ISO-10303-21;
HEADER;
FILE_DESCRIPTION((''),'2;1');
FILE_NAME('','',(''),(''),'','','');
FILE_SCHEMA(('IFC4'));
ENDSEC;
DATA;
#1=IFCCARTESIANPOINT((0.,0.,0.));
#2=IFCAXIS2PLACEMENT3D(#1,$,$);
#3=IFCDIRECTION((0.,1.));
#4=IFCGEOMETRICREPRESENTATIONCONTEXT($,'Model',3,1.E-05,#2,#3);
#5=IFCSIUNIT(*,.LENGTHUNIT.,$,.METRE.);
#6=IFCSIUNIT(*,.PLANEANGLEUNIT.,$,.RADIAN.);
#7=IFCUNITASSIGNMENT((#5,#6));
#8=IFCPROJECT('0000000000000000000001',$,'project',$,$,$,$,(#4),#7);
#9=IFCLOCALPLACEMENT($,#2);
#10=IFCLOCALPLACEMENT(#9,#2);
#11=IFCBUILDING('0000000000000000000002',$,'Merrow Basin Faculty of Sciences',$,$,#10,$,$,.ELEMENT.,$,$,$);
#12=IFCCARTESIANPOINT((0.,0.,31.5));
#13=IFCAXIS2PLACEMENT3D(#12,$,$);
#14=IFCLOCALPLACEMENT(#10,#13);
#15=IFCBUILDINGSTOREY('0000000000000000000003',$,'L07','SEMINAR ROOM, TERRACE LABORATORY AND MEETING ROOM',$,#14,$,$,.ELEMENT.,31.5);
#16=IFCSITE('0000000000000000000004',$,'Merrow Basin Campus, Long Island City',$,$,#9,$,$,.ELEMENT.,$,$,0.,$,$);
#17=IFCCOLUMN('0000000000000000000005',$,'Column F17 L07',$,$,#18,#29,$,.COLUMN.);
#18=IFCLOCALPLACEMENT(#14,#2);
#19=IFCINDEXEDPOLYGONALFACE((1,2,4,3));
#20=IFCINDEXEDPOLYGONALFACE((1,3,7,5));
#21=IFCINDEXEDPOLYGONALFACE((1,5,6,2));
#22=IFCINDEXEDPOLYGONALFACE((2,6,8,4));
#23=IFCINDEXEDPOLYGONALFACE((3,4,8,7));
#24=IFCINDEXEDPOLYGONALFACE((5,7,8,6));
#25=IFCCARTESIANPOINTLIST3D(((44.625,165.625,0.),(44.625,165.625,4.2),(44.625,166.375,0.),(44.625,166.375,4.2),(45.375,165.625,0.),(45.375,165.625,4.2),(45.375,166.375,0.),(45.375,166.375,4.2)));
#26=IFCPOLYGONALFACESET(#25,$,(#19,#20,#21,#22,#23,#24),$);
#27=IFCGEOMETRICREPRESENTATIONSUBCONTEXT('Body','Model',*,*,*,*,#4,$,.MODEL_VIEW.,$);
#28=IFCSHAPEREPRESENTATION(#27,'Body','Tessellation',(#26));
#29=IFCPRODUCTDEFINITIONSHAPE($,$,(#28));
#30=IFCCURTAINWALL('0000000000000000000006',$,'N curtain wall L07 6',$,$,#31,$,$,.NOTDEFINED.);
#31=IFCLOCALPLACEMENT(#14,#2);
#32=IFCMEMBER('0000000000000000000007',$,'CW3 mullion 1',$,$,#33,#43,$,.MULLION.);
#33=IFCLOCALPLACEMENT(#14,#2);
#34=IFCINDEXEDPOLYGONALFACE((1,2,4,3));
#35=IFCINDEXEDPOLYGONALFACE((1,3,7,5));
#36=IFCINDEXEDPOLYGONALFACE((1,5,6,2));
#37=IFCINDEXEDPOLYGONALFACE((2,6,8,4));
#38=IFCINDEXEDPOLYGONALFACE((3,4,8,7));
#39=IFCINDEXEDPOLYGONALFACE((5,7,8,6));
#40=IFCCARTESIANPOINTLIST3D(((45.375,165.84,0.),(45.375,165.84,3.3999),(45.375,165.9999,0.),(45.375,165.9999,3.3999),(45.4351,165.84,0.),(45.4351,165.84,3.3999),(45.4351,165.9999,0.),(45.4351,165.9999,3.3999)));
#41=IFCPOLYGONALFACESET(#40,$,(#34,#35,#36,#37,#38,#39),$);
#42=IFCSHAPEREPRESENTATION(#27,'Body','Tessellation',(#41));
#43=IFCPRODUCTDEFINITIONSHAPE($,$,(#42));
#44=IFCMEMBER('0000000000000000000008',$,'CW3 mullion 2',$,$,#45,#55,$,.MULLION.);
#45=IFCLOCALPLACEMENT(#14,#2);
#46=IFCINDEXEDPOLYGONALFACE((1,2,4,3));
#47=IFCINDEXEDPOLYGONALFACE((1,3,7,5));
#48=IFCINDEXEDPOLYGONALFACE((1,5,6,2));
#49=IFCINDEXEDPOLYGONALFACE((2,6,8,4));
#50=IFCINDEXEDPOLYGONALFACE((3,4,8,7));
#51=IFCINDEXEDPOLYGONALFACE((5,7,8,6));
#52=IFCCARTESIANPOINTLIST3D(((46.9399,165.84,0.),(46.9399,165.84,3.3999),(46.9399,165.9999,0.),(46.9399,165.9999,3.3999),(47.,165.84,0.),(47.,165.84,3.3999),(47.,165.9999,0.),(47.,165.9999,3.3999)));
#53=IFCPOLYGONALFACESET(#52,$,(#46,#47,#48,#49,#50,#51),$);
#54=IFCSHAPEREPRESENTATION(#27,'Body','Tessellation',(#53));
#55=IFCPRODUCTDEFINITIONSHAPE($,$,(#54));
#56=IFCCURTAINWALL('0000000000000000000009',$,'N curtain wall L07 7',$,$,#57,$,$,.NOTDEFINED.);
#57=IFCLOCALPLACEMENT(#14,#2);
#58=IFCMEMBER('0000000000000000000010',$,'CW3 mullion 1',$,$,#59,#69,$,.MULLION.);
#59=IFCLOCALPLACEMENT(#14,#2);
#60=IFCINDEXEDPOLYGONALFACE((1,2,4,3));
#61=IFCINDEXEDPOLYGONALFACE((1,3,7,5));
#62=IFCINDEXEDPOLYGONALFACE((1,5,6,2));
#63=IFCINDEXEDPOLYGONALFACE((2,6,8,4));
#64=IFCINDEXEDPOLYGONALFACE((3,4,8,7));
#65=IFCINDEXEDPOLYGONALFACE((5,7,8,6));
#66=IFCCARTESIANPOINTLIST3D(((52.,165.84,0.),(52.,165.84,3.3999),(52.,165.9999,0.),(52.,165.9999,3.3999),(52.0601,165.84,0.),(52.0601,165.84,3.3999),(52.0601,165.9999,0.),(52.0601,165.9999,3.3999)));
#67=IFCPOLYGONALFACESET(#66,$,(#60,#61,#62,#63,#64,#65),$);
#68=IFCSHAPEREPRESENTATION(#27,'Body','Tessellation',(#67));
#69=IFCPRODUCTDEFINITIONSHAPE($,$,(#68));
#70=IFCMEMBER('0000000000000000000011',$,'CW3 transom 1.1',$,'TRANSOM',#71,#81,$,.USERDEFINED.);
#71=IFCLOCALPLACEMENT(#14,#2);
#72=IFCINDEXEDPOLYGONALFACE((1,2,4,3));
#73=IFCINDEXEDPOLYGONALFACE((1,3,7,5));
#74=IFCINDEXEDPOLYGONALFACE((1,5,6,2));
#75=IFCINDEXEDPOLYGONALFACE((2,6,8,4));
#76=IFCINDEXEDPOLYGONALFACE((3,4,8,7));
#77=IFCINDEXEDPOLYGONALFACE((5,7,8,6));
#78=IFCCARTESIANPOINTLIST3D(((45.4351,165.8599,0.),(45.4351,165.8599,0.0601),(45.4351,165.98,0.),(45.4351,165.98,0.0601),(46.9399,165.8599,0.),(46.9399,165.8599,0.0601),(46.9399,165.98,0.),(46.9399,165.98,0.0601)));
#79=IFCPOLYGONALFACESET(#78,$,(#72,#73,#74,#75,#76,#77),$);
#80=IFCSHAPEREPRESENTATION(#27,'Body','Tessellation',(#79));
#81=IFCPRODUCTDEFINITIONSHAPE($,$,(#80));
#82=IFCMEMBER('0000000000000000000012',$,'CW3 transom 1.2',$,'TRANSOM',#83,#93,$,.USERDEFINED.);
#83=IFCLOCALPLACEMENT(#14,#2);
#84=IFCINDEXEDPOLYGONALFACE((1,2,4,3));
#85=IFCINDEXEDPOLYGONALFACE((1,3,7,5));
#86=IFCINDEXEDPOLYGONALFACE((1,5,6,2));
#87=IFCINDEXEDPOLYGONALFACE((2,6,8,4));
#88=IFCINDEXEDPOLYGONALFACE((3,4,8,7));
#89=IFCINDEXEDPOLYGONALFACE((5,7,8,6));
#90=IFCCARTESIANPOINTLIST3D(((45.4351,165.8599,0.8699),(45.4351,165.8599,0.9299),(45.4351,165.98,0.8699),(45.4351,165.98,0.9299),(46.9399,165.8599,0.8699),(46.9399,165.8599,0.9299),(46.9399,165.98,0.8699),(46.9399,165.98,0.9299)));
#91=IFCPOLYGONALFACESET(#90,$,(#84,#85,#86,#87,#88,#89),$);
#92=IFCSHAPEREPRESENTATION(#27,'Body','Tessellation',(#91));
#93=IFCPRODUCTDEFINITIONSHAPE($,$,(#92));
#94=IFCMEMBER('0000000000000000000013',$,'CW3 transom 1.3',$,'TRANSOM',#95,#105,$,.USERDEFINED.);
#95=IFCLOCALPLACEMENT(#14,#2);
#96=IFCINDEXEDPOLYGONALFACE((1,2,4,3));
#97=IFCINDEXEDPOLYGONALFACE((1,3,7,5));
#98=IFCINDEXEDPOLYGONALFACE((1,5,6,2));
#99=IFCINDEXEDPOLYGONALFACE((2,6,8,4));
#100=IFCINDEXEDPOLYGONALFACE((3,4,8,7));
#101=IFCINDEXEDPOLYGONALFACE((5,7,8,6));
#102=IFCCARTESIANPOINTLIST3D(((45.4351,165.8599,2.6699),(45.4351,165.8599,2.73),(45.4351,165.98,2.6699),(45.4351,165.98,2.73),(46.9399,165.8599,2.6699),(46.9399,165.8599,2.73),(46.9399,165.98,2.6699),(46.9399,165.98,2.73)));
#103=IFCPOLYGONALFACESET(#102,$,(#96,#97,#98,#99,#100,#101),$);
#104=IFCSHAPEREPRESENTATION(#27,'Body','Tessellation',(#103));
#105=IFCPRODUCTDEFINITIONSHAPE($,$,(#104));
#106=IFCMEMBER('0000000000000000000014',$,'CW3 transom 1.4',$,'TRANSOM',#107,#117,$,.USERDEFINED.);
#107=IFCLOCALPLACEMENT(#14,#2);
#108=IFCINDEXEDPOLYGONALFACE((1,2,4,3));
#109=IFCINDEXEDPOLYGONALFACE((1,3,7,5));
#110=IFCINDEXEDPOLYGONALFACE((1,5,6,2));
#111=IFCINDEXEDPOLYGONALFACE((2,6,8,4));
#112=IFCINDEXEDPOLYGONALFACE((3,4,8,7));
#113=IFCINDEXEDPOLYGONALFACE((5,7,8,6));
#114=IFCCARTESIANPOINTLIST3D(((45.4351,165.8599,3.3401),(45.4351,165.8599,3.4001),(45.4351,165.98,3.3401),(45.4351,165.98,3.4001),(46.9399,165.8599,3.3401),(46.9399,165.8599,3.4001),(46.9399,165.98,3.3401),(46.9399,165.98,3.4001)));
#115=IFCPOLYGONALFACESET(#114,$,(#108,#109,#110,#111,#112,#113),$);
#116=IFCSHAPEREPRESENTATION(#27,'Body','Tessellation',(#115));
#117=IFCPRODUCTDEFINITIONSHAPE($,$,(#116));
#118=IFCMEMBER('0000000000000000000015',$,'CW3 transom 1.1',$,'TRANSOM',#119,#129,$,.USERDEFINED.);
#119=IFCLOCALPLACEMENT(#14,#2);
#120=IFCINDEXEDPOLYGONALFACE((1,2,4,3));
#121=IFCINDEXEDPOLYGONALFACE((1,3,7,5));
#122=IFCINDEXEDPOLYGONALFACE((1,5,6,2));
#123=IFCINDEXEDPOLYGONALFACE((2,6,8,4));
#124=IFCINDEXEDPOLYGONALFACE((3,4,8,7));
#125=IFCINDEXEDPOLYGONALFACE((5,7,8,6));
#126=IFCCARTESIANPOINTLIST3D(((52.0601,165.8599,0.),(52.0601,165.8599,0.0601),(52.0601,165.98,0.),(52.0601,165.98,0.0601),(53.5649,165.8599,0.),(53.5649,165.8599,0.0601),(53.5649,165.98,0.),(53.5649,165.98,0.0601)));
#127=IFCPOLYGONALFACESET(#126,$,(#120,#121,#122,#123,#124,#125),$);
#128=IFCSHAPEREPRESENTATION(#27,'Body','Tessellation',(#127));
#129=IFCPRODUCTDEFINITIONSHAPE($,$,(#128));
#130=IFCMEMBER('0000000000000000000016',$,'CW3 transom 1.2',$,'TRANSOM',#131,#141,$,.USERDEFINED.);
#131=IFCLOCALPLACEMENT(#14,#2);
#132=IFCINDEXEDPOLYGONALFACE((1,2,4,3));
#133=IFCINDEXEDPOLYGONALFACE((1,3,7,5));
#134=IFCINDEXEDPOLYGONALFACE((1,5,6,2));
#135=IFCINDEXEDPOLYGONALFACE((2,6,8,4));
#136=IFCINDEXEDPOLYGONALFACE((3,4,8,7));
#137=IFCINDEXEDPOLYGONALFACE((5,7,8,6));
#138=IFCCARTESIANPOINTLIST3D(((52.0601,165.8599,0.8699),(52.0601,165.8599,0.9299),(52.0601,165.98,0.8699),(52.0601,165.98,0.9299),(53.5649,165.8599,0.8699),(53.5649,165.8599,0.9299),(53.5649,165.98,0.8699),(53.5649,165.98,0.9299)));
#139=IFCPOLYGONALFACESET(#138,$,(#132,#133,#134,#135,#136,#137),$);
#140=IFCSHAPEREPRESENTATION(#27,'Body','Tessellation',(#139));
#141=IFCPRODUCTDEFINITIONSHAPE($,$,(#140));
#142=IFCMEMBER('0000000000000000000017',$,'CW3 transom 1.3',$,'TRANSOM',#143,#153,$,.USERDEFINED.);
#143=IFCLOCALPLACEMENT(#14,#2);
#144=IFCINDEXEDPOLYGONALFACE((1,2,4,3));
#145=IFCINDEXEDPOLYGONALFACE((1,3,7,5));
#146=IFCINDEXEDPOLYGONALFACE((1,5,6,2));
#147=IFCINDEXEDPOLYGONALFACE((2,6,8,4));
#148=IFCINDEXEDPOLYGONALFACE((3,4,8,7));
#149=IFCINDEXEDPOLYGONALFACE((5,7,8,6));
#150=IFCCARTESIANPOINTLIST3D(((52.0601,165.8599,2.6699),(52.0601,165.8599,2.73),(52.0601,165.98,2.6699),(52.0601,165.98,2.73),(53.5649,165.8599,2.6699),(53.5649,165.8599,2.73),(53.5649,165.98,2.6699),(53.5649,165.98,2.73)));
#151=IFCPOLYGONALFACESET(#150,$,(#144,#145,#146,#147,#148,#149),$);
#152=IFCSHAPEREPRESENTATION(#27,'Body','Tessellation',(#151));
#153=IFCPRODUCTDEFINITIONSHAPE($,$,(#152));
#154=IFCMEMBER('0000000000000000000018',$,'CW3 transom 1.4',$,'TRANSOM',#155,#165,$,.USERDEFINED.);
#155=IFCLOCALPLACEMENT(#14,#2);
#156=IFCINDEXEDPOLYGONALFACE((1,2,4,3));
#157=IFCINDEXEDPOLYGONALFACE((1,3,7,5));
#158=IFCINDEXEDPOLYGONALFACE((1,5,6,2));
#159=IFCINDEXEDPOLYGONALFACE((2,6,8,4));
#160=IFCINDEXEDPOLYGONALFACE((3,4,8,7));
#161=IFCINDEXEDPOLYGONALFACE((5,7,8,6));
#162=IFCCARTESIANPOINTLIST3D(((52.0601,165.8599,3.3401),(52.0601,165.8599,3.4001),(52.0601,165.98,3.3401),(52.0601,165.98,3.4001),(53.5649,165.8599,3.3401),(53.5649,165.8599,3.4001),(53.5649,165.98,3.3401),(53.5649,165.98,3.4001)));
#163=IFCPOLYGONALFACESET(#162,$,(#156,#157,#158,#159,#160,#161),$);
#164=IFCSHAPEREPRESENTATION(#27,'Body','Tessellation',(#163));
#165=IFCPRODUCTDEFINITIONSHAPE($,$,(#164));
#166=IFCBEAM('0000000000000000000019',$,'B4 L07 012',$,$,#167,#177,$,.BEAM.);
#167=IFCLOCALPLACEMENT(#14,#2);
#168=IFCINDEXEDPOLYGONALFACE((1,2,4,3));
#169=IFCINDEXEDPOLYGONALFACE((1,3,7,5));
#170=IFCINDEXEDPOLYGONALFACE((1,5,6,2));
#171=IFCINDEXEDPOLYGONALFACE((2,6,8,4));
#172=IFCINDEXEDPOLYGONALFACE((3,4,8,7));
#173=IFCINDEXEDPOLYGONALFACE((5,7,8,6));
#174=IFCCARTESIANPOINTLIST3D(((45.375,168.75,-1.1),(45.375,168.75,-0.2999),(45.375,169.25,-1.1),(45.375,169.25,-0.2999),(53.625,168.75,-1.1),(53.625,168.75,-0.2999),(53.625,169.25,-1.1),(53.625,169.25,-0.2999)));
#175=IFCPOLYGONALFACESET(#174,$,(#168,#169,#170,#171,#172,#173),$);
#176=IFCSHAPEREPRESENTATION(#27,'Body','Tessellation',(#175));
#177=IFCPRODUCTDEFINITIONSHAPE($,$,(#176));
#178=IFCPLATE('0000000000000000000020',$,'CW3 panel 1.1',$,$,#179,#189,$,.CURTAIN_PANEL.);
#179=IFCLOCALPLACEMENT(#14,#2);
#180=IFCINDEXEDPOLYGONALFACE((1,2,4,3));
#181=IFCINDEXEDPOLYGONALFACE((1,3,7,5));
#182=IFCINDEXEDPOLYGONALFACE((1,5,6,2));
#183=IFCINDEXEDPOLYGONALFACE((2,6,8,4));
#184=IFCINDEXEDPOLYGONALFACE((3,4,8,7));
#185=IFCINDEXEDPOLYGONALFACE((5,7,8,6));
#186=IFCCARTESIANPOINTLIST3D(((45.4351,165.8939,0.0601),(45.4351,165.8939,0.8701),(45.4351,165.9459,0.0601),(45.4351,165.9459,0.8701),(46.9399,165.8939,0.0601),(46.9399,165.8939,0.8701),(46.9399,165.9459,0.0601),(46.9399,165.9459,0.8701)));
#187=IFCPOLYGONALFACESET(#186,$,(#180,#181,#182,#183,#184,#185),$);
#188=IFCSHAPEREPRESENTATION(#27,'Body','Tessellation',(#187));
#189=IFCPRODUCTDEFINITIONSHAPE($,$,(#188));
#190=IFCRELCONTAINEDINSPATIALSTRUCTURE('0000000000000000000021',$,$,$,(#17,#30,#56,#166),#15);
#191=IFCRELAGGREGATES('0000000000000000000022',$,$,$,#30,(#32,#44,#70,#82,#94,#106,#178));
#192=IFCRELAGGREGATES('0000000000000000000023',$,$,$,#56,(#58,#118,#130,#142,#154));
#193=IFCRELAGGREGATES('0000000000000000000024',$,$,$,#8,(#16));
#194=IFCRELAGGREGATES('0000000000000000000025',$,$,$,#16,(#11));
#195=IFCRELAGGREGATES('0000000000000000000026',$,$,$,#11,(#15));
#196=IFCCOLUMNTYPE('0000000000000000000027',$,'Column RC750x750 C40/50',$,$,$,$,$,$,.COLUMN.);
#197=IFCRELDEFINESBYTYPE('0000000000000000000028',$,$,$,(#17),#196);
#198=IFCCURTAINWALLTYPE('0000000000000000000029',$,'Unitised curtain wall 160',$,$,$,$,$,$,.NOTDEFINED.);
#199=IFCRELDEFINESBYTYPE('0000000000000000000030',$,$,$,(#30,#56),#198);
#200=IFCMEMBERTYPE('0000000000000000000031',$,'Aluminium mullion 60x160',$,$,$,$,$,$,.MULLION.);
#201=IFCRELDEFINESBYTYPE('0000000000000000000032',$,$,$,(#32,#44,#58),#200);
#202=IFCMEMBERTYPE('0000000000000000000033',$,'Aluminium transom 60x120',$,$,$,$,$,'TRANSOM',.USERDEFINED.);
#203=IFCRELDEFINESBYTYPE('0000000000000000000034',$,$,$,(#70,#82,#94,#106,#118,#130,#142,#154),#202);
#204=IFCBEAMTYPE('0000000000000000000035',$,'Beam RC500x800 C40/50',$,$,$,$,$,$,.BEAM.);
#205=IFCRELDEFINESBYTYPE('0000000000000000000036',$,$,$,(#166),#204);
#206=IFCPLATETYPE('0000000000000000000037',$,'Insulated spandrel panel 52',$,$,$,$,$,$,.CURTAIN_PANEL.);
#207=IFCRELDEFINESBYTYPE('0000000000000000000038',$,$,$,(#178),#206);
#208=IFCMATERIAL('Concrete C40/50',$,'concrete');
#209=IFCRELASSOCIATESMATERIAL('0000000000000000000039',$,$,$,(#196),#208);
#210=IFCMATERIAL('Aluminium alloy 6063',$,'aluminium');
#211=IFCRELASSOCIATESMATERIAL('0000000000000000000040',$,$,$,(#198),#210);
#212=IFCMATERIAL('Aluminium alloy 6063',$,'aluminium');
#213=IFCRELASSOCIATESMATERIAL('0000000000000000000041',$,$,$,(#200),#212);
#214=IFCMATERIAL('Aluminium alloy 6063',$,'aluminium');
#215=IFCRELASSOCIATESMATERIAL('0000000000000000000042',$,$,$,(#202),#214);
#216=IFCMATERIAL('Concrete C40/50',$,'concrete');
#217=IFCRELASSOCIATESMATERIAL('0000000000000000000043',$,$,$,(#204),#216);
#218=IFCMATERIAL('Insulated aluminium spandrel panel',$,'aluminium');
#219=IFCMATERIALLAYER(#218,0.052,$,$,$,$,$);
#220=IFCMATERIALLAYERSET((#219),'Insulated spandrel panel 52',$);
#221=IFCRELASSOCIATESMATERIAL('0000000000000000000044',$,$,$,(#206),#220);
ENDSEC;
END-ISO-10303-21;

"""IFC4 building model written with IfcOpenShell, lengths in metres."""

from ifc_helpers import new_model, si_unit, direction, frame, origin, origin_2d, place, context, subcontext, project, spatial, rectangle, extrude, material, layer, layer_set, material_profile, profile_set, type_object, element, aggregate, save


model = new_model("IFC4")

# Units and contexts
model_context = context("Model", 3, precision=1e-05, world=origin(), true_north=direction((0.0, 1.0)))
body_context = subcontext(model_context, "Body", "Model", "MODEL_VIEW")
ifc_project = project(units=[si_unit("LENGTHUNIT", "METRE"), si_unit("PLANEANGLEUNIT", "RADIAN")], contexts=[model_context])

# Site, building, storey
site_placement = place(None, origin())
site = spatial("IfcSite", under=ifc_project, at=site_placement, Name="Merrow Basin Campus, Long Island City", CompositionType="ELEMENT", RefElevation=0.0)
building_placement = place(site_placement, origin())
building = spatial("IfcBuilding", under=site, at=building_placement, Name="Merrow Basin Faculty of Sciences", CompositionType="ELEMENT")
storey_placement = place(building_placement, frame((0.0, 0.0, 31.5)))
storey = spatial("IfcBuildingStorey", under=building, at=storey_placement, Name="L07", Description="SEMINAR ROOM, TERRACE LABORATORY AND MEETING ROOM", CompositionType="ELEMENT", Elevation=31.5)

# Column
ifc_material_1 = material(Name="Concrete C40/50", Category="concrete")
ifc_material_profile_1 = material_profile(ifc_material_1, rectangle(XDim=0.75, YDim=0.75, at=origin_2d()))
ifc_profile_set_1 = profile_set([ifc_material_profile_1], Name="Concrete C40/50")
column_type = type_object("IfcColumnType", Name="Column RC750x750 C40/50", PredefinedType="COLUMN", material=ifc_profile_set_1)
column_placement = place(storey_placement, frame((45.0, 166.0, 0.0), z_axis=(0.0, 0.0, 1.0), x_axis=(1.0, 0.0, 0.0)))
element("IfcColumn", 1, at=column_placement, inside=storey, type_object=column_type, Name="Column F17 L07", PredefinedType="COLUMN", context=body_context, shape_type="SweptSolid", body=[
    extrude(rectangle(XDim=0.75, YDim=0.75, at=origin_2d()), origin(), (0.0, 0.0, 1.0), 4.2),
])

# Curtain wall, members
ifc_material_2 = material(Name="Aluminium alloy 6063", Category="aluminium")
curtain_wall_type = type_object("IfcCurtainWallType", Name="Unitised curtain wall 160", PredefinedType="NOTDEFINED", material=ifc_material_2)
curtain_wall_1_placement = place(storey_placement, origin())
curtain_wall_1 = element("IfcCurtainWall", 2, at=curtain_wall_1_placement, inside=storey, type_object=curtain_wall_type, Name="N curtain wall L07 6", PredefinedType="NOTDEFINED")
ifc_material_3 = material(Name="Aluminium alloy 6063", Category="aluminium")
ifc_material_profile_2 = material_profile(ifc_material_3, rectangle(XDim=0.1599, YDim=0.0601, at=origin_2d()))
ifc_profile_set_2 = profile_set([ifc_material_profile_2], Name="Aluminium alloy 6063")
member_type_1 = type_object("IfcMemberType", Name="Aluminium mullion 60x160", PredefinedType="MULLION", material=ifc_profile_set_2)
member_1_placement = place(storey_placement, frame((45.405, 165.9199, 0.0), z_axis=(0.0, 0.0, 1.0), x_axis=(0.0, 1.0, 0.0)))
member_1 = element("IfcMember", 3, at=member_1_placement, type_object=member_type_1, Name="CW3 mullion 1", PredefinedType="MULLION", context=body_context, shape_type="SweptSolid", body=[
    extrude(rectangle(XDim=0.1599, YDim=0.0601, at=origin_2d()), origin(), (0.0, 0.0, 1.0), 3.3999),
])
member_2_placement = place(storey_placement, frame((46.97, 165.9199, 0.0), z_axis=(0.0, 0.0, 1.0), x_axis=(0.0, 1.0, 0.0)))
member_2 = element("IfcMember", 4, at=member_2_placement, type_object=member_type_1, Name="CW3 mullion 2", PredefinedType="MULLION", context=body_context, shape_type="SweptSolid", body=[
    extrude(rectangle(XDim=0.1599, YDim=0.0601, at=origin_2d()), origin(), (0.0, 0.0, 1.0), 3.3999),
])

# Curtain wall, member
curtain_wall_2_placement = place(storey_placement, origin())
curtain_wall_2 = element("IfcCurtainWall", 5, at=curtain_wall_2_placement, inside=storey, type_object=curtain_wall_type, Name="N curtain wall L07 7", PredefinedType="NOTDEFINED")
member_3_placement = place(storey_placement, frame((52.03, 165.9199, 0.0), z_axis=(0.0, 0.0, 1.0), x_axis=(0.0, 1.0, 0.0)))
member_3 = element("IfcMember", 6, at=member_3_placement, type_object=member_type_1, Name="CW3 mullion 1", PredefinedType="MULLION", context=body_context, shape_type="SweptSolid", body=[
    extrude(rectangle(XDim=0.1599, YDim=0.0601, at=origin_2d()), origin(), (0.0, 0.0, 1.0), 3.3999),
])

# Members
ifc_material_4 = material(Name="Aluminium alloy 6063", Category="aluminium")
ifc_material_profile_3 = material_profile(ifc_material_4, rectangle(XDim=0.1201, YDim=0.0601, at=origin_2d()))
ifc_profile_set_3 = profile_set([ifc_material_profile_3], Name="Aluminium alloy 6063")
member_type_2 = type_object("IfcMemberType", Name="Aluminium transom 60x120", ElementType="TRANSOM", PredefinedType="USERDEFINED", material=ifc_profile_set_3)
member_4_placement = place(storey_placement, frame((45.4351, 165.9199, 0.03), z_axis=(1.0, 0.0, 0.0), x_axis=(0.0, 1.0, 0.0)))
member_4 = element("IfcMember", 7, at=member_4_placement, type_object=member_type_2, Name="CW3 transom 1.1", ObjectType="TRANSOM", PredefinedType="USERDEFINED", context=body_context, shape_type="SweptSolid", body=[
    extrude(rectangle(XDim=0.1201, YDim=0.0601, at=origin_2d()), origin(), (0.0, 0.0, 1.0), 1.5049),
])
member_5_placement = place(storey_placement, frame((45.4351, 165.9199, 0.8999), z_axis=(1.0, 0.0, 0.0), x_axis=(0.0, 1.0, 0.0)))
member_5 = element("IfcMember", 8, at=member_5_placement, type_object=member_type_2, Name="CW3 transom 1.2", ObjectType="TRANSOM", PredefinedType="USERDEFINED", context=body_context, shape_type="SweptSolid", body=[
    extrude(rectangle(XDim=0.1201, YDim=0.0601, at=origin_2d()), origin(), (0.0, 0.0, 1.0), 1.5049),
])
member_6_placement = place(storey_placement, frame((45.4351, 165.9199, 2.7), z_axis=(1.0, 0.0, 0.0), x_axis=(0.0, 1.0, 0.0)))
member_6 = element("IfcMember", 9, at=member_6_placement, type_object=member_type_2, Name="CW3 transom 1.3", ObjectType="TRANSOM", PredefinedType="USERDEFINED", context=body_context, shape_type="SweptSolid", body=[
    extrude(rectangle(XDim=0.1201, YDim=0.0601, at=origin_2d()), origin(), (0.0, 0.0, 1.0), 1.5049),
])
member_7_placement = place(storey_placement, frame((45.4351, 165.9199, 3.3701), z_axis=(1.0, 0.0, 0.0), x_axis=(0.0, 1.0, 0.0)))
member_7 = element("IfcMember", 10, at=member_7_placement, type_object=member_type_2, Name="CW3 transom 1.4", ObjectType="TRANSOM", PredefinedType="USERDEFINED", context=body_context, shape_type="SweptSolid", body=[
    extrude(rectangle(XDim=0.1201, YDim=0.0601, at=origin_2d()), origin(), (0.0, 0.0, 1.0), 1.5049),
])
member_8_placement = place(storey_placement, frame((52.0601, 165.9199, 0.03), z_axis=(1.0, 0.0, 0.0), x_axis=(0.0, 1.0, 0.0)))
member_8 = element("IfcMember", 11, at=member_8_placement, type_object=member_type_2, Name="CW3 transom 1.1", ObjectType="TRANSOM", PredefinedType="USERDEFINED", context=body_context, shape_type="SweptSolid", body=[
    extrude(rectangle(XDim=0.1201, YDim=0.0601, at=origin_2d()), origin(), (0.0, 0.0, 1.0), 1.5049),
])
member_9_placement = place(storey_placement, frame((52.0601, 165.9199, 0.8999), z_axis=(1.0, 0.0, 0.0), x_axis=(0.0, 1.0, 0.0)))
member_9 = element("IfcMember", 12, at=member_9_placement, type_object=member_type_2, Name="CW3 transom 1.2", ObjectType="TRANSOM", PredefinedType="USERDEFINED", context=body_context, shape_type="SweptSolid", body=[
    extrude(rectangle(XDim=0.1201, YDim=0.0601, at=origin_2d()), origin(), (0.0, 0.0, 1.0), 1.5049),
])
member_10_placement = place(storey_placement, frame((52.0601, 165.9199, 2.7), z_axis=(1.0, 0.0, 0.0), x_axis=(0.0, 1.0, 0.0)))
member_10 = element("IfcMember", 13, at=member_10_placement, type_object=member_type_2, Name="CW3 transom 1.3", ObjectType="TRANSOM", PredefinedType="USERDEFINED", context=body_context, shape_type="SweptSolid", body=[
    extrude(rectangle(XDim=0.1201, YDim=0.0601, at=origin_2d()), origin(), (0.0, 0.0, 1.0), 1.5049),
])
member_11_placement = place(storey_placement, frame((52.0601, 165.9199, 3.3701), z_axis=(1.0, 0.0, 0.0), x_axis=(0.0, 1.0, 0.0)))
member_11 = element("IfcMember", 14, at=member_11_placement, type_object=member_type_2, Name="CW3 transom 1.4", ObjectType="TRANSOM", PredefinedType="USERDEFINED", context=body_context, shape_type="SweptSolid", body=[
    extrude(rectangle(XDim=0.1201, YDim=0.0601, at=origin_2d()), origin(), (0.0, 0.0, 1.0), 1.5049),
])

# Beam
ifc_material_5 = material(Name="Concrete C40/50", Category="concrete")
ifc_material_profile_4 = material_profile(ifc_material_5, rectangle(XDim=0.5, YDim=0.8, at=origin_2d()))
ifc_profile_set_4 = profile_set([ifc_material_profile_4], Name="Concrete C40/50")
beam_type = type_object("IfcBeamType", Name="Beam RC500x800 C40/50", PredefinedType="BEAM", material=ifc_profile_set_4)
beam_placement = place(storey_placement, frame((45.375, 169.0, -0.7), z_axis=(1.0, 0.0, 0.0), x_axis=(0.0, 1.0, 0.0)))
element("IfcBeam", 15, at=beam_placement, inside=storey, type_object=beam_type, Name="B4 L07 012", PredefinedType="BEAM", context=body_context, shape_type="SweptSolid", body=[
    extrude(rectangle(XDim=0.5, YDim=0.8, at=origin_2d()), origin(), (0.0, 0.0, 1.0), 8.25),
])

# Plate
ifc_material_6 = material(Name="Insulated aluminium spandrel panel", Category="aluminium")
ifc_layer_1 = layer(ifc_material_6, 0.052)
ifc_layer_set_1 = layer_set([ifc_layer_1], Name="Insulated spandrel panel 52")
plate_type_1 = type_object("IfcPlateType", Name="Insulated spandrel panel 52", PredefinedType="CURTAIN_PANEL", material=ifc_layer_set_1)
plate_1_placement = place(storey_placement, frame((46.1875, 165.9199, 0.0601), z_axis=(0.0, 0.0, 1.0), x_axis=(1.0, 0.0, 0.0)))
plate_1 = element("IfcPlate", 16, at=plate_1_placement, type_object=plate_type_1, Name="CW3 panel 1.1", PredefinedType="CURTAIN_PANEL", context=body_context, shape_type="SweptSolid", body=[
    extrude(rectangle(XDim=1.5049, YDim=0.052, at=origin_2d()), origin(), (0.0, 0.0, 1.0), 0.8101),
])
aggregate(curtain_wall_1, [member_1, member_2, member_4, member_5, member_6, member_7, plate_1])
aggregate(curtain_wall_2, [member_3, member_8, member_9, member_10, member_11])

save(model, "model.ifc")
